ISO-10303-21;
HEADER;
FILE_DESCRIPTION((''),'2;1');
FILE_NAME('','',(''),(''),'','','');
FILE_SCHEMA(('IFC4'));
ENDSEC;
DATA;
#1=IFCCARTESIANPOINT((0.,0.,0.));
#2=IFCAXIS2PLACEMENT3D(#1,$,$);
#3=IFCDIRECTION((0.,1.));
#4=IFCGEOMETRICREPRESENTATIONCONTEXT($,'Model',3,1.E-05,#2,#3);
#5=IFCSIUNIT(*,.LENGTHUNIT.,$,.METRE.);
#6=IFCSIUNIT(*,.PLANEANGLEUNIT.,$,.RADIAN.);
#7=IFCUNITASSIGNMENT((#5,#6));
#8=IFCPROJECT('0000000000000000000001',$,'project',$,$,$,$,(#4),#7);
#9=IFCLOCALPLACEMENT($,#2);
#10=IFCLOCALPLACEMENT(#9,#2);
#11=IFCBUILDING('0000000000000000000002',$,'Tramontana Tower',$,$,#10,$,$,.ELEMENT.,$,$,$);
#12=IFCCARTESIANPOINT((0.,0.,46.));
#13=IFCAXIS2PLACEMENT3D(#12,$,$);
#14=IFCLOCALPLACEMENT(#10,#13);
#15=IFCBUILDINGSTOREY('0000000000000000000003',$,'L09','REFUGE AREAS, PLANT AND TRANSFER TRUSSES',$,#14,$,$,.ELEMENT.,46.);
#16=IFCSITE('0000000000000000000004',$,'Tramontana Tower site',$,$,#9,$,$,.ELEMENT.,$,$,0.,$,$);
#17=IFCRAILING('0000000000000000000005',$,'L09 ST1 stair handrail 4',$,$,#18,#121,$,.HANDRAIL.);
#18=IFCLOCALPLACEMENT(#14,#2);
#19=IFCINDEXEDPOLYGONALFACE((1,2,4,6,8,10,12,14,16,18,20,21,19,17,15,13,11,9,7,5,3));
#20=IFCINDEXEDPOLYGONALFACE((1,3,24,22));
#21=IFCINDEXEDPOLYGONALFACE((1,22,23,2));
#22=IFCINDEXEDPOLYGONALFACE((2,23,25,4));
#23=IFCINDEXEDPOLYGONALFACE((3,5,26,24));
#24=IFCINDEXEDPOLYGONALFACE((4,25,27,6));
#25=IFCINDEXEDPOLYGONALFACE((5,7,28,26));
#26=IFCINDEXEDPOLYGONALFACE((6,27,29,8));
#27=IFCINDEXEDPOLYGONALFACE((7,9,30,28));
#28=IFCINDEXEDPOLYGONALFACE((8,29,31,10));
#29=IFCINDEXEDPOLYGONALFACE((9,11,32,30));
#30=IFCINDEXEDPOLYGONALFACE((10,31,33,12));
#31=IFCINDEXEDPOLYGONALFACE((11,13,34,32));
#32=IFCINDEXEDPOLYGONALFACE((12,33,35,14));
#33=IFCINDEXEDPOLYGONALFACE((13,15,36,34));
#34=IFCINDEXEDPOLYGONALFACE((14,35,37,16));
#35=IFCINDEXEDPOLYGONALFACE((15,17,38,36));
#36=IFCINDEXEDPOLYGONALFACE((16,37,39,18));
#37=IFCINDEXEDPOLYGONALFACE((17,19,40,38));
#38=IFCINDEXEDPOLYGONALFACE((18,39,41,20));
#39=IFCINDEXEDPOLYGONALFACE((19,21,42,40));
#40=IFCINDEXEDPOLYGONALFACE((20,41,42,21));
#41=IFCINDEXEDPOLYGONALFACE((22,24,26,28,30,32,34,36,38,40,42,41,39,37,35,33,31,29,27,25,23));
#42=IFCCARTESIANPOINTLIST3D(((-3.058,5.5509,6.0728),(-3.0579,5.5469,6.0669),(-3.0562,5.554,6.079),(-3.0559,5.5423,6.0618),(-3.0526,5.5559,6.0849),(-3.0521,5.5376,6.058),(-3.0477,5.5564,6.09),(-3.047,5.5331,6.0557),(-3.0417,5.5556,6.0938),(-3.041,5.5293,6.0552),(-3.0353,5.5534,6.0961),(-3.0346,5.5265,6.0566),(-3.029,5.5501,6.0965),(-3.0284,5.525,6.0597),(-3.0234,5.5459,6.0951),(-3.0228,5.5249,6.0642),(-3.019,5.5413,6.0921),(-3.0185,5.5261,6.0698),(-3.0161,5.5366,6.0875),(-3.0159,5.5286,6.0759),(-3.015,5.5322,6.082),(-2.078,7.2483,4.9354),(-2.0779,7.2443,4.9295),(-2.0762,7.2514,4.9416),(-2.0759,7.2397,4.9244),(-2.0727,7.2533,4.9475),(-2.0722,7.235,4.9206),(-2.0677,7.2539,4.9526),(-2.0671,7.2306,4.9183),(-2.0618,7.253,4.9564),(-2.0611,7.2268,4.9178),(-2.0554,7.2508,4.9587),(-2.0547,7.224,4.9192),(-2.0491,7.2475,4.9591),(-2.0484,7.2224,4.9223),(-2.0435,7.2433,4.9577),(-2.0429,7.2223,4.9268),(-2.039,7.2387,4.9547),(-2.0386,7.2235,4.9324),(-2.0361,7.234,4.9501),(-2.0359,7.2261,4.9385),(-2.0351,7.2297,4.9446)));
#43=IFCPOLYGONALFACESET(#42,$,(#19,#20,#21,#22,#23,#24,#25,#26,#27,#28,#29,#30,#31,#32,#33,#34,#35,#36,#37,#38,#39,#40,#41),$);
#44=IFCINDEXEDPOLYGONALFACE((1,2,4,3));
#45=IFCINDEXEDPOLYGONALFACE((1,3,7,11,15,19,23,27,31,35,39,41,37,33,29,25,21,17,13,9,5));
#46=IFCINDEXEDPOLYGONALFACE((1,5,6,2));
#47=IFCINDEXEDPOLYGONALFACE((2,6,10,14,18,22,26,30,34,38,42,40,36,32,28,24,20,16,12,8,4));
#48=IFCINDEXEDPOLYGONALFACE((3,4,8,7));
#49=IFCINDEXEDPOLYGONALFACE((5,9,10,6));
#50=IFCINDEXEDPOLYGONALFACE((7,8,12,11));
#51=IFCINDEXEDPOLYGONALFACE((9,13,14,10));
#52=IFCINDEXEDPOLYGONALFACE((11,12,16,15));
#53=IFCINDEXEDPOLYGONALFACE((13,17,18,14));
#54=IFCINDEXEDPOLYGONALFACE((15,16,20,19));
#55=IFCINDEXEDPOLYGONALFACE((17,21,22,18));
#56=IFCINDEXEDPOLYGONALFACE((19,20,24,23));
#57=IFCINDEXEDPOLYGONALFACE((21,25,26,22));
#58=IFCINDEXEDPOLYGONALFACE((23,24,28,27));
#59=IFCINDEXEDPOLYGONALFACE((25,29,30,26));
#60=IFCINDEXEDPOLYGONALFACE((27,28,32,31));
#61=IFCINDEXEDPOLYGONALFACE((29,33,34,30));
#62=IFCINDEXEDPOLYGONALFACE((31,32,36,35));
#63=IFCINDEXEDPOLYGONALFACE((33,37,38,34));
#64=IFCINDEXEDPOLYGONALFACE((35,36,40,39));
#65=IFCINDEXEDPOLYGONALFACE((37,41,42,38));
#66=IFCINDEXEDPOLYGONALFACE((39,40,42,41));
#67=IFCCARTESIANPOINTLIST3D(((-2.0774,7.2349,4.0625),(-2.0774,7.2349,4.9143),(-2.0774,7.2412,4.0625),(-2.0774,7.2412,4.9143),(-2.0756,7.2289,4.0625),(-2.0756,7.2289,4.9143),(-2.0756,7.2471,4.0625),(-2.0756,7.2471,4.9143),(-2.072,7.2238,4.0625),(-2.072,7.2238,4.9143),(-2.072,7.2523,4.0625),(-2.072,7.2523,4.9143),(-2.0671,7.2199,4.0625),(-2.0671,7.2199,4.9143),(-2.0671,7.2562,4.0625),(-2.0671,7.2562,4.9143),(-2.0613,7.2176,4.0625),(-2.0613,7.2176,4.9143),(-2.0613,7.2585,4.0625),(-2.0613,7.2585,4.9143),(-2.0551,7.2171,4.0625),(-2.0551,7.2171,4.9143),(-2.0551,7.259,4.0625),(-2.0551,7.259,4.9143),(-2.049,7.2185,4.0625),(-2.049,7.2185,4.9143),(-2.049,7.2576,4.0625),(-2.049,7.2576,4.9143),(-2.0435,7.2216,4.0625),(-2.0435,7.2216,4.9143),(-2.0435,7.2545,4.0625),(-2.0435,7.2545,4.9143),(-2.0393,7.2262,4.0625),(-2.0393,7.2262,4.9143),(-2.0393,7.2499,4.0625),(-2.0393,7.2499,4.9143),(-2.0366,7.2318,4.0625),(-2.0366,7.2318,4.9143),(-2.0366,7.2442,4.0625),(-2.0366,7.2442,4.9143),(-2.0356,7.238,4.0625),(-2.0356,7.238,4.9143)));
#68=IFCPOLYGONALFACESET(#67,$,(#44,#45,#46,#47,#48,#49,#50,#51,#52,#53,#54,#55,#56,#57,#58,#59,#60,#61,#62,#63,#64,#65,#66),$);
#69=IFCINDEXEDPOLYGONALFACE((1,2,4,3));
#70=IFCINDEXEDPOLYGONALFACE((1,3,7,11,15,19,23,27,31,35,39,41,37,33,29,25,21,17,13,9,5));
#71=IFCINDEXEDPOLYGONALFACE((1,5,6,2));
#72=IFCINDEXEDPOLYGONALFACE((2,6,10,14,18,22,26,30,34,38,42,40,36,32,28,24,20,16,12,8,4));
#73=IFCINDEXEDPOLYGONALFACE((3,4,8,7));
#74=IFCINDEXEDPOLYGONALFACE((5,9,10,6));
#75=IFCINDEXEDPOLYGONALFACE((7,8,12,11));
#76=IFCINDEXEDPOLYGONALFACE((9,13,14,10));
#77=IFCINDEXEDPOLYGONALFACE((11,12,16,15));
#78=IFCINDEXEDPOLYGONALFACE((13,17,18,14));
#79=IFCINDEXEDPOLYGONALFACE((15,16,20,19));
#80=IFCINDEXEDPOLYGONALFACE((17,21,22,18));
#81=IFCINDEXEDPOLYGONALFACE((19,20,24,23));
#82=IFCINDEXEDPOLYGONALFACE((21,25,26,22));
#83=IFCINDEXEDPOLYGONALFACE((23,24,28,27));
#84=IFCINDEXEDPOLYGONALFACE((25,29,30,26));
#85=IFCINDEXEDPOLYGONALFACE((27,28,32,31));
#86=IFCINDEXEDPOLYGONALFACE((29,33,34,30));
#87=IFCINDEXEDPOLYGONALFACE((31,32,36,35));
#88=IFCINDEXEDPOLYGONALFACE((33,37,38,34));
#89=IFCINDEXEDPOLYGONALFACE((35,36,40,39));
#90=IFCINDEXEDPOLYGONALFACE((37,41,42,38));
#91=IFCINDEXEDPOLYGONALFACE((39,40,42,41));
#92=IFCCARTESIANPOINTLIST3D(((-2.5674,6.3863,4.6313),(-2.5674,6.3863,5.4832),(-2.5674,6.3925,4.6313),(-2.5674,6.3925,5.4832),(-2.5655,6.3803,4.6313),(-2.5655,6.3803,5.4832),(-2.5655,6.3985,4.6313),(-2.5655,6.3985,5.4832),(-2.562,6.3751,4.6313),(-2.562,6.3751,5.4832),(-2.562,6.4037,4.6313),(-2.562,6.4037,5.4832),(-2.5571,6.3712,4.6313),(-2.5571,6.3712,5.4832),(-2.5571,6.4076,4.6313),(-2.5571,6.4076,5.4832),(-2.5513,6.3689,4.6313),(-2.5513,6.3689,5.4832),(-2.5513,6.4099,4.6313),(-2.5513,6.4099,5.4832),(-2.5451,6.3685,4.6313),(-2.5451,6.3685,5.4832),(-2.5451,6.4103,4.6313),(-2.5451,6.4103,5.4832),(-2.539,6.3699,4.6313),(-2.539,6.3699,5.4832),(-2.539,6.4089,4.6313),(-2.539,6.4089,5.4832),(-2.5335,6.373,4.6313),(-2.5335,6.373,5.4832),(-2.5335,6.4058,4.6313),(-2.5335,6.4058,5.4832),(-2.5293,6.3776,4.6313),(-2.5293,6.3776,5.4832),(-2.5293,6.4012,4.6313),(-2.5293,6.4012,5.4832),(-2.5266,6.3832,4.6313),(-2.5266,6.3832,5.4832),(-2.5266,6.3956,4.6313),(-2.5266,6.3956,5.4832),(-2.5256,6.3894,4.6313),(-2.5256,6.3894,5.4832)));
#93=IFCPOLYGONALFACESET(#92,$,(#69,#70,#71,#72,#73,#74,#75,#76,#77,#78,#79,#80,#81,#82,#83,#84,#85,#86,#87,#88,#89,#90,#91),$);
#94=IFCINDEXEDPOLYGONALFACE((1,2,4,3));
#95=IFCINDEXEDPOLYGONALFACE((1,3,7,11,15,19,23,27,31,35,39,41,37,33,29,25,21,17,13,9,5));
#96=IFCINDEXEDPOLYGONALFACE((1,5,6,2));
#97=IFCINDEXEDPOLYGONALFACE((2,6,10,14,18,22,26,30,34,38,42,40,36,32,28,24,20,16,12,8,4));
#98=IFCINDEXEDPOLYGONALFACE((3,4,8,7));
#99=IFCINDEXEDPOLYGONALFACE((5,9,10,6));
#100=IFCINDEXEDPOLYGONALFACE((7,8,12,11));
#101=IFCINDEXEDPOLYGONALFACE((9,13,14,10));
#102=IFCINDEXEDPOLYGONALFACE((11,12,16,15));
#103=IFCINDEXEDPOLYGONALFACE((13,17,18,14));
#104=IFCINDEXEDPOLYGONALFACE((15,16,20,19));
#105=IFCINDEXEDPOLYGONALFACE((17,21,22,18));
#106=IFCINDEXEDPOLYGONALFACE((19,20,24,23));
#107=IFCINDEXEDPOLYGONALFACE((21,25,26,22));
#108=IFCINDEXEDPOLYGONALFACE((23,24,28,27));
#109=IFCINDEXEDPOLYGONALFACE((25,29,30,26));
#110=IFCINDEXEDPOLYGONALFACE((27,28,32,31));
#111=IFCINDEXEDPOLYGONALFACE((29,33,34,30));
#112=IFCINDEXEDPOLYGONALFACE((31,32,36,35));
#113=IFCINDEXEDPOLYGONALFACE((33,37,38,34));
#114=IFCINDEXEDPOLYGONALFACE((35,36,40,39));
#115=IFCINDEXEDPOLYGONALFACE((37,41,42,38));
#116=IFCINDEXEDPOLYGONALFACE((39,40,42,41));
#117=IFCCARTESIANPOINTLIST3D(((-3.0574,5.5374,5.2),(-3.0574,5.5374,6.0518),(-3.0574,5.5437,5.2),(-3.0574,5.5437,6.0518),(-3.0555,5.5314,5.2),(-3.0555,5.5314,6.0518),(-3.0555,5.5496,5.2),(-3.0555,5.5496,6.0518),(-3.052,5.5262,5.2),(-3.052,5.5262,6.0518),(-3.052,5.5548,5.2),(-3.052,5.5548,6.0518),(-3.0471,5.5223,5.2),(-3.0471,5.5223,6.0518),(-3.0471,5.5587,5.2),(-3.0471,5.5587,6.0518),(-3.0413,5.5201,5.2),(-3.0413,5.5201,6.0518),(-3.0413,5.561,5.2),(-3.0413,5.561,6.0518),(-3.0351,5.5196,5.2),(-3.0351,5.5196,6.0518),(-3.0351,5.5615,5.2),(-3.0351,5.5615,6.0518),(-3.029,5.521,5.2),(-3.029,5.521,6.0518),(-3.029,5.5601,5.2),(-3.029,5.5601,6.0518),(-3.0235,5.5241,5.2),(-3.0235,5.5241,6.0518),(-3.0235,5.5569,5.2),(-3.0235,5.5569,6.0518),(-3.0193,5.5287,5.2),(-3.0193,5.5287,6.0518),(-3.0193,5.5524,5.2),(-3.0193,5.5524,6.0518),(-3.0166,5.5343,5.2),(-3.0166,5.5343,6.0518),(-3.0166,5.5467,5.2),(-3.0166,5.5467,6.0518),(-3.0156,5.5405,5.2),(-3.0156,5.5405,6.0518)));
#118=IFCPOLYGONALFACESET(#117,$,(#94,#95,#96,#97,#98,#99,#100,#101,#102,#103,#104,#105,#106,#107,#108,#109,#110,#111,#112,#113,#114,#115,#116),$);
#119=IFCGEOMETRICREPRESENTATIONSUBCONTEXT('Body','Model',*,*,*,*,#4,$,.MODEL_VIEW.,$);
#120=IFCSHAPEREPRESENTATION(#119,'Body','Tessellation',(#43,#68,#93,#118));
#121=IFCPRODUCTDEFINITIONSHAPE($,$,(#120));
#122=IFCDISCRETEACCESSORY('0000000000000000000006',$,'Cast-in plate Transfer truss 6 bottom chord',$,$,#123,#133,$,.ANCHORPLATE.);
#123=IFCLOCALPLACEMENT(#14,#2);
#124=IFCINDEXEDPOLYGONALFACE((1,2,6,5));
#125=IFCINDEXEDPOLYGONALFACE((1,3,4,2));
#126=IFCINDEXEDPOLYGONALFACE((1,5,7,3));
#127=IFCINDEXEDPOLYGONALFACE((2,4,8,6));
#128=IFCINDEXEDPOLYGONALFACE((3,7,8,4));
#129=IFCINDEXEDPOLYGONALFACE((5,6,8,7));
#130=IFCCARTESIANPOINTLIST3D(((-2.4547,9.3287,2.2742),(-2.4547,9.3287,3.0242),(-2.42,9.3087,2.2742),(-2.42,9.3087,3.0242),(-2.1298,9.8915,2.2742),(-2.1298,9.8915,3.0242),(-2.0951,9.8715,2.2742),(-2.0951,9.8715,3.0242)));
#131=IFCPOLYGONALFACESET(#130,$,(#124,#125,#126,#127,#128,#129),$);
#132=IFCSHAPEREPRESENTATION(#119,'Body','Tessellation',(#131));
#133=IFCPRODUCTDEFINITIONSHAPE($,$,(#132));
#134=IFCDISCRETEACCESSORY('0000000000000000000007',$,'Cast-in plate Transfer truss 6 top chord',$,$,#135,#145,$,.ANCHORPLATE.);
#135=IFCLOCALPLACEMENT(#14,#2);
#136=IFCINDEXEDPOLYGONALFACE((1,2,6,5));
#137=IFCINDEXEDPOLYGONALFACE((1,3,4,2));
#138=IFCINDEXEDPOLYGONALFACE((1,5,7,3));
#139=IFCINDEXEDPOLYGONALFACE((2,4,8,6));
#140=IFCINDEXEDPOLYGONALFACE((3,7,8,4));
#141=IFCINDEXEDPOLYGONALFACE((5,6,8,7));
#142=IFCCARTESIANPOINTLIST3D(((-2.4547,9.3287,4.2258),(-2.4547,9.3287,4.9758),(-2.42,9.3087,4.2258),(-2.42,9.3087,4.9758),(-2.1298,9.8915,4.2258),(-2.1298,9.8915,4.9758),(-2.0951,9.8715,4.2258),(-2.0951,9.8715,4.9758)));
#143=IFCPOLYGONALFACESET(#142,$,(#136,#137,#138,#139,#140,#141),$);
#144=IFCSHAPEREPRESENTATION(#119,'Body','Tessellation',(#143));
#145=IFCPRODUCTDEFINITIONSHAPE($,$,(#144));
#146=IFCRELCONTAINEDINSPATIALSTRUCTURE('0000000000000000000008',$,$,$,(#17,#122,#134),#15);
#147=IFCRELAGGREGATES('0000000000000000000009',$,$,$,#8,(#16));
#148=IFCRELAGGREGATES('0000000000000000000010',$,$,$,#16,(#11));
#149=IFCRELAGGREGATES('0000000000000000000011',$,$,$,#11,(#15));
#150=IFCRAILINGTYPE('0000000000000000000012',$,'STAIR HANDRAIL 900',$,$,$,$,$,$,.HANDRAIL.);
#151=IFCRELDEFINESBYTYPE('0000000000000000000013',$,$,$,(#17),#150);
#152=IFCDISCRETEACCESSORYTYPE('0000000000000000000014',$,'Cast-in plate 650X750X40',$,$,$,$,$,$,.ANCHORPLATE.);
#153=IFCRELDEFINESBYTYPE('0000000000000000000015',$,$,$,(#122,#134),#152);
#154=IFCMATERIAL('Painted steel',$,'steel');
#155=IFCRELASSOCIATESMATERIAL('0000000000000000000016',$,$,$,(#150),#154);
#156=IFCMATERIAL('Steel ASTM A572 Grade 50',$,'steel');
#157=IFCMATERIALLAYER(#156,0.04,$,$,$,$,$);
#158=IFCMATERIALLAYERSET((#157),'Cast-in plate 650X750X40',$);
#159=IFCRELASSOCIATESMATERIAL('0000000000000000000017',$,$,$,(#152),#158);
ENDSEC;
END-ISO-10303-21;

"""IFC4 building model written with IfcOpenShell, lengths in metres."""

from ifc_helpers import new_model, si_unit, direction, frame, origin, origin_2d, place, context, subcontext, project, spatial, rectangle, circle, extrude, material, layer, layer_set, type_object, element, save


model = new_model("IFC4")

# Units and contexts
model_context = context("Model", 3, precision=1e-05, world=origin(), true_north=direction((0.0, 1.0)))
body_context = subcontext(model_context, "Body", "Model", "MODEL_VIEW")
ifc_project = project(units=[si_unit("LENGTHUNIT", "METRE"), si_unit("PLANEANGLEUNIT", "RADIAN")], contexts=[model_context])

# Site, building, storey
site_placement = place(None, origin())
site = spatial("IfcSite", under=ifc_project, at=site_placement, Name="Tramontana Tower site", CompositionType="ELEMENT", RefElevation=0.0)
building_placement = place(site_placement, origin())
building = spatial("IfcBuilding", under=site, at=building_placement, Name="Tramontana Tower", CompositionType="ELEMENT")
storey_placement = place(building_placement, frame((0.0, 0.0, 46.0)))
storey = spatial("IfcBuildingStorey", under=building, at=storey_placement, Name="L09", Description="REFUGE AREAS, PLANT AND TRANSFER TRUSSES", CompositionType="ELEMENT", Elevation=46.0)

# Railing
ifc_material_1 = material(Name="Painted steel", Category="steel")
railing_type_1 = type_object("IfcRailingType", Name="STAIR HANDRAIL 900", PredefinedType="HANDRAIL", material=ifc_material_1)
railing_1_placement = place(storey_placement, frame((-2.0566, 7.238, 4.0625)))
element("IfcRailing", 1, at=railing_1_placement, inside=storey, type_object=railing_type_1, Name="L09 ST1 stair handrail 4", PredefinedType="HANDRAIL", context=body_context, shape_type="SweptSolid", body=[
    extrude(circle(Radius=0.0239, at=origin_2d()), frame((0.0, 0.0, 0.876), z_axis=(-0.432432, -0.749053, 0.501918), x_axis=(0.866042, -0.49997, 0.0)), (0.0, 0.0, 1.0), 2.2661),
    extrude(circle(Radius=0.021, at=origin_2d()), origin(), (0.0, 0.0, 1.0), 0.8518),
    extrude(circle(Radius=0.021, at=origin_2d()), frame((-0.49, -0.8486, 0.5688)), (0.0, 0.0, 1.0), 0.8518),
    extrude(circle(Radius=0.021, at=origin_2d()), frame((-0.98, -1.6975, 1.1375)), (0.0, 0.0, 1.0), 0.8518),
])

# Discrete accessories
ifc_material_2 = material(Name="Steel ASTM A572 Grade 50", Category="steel")
ifc_layer_1 = layer(ifc_material_2, 0.04)
ifc_layer_set_1 = layer_set([ifc_layer_1], Name="Cast-in plate 650X750X40")
discrete_accessory_type = type_object("IfcDiscreteAccessoryType", Name="Cast-in plate 650X750X40", PredefinedType="ANCHORPLATE", material=ifc_layer_set_1)
for number, where, z_axis, x_axis, name in (
    (2, (-2.2749, 9.6001, 2.2742), (0.0, 0.0, 1.0), (-0.5, -0.866025, 0.0), "Cast-in plate Transfer truss 6 bottom chord"),
    (3, (-2.2749, 9.6001, 4.2258), (0.0, 0.0, 1.0), (-0.5, -0.866025, 0.0), "Cast-in plate Transfer truss 6 top chord"),
):
    element("IfcDiscreteAccessory", number, at=place(storey_placement, frame(where, z_axis=z_axis, x_axis=x_axis)), inside=storey, type_object=discrete_accessory_type, Name=name, PredefinedType="ANCHORPLATE", context=body_context, shape_type="SweptSolid", body=[
        extrude(rectangle(XDim=0.6499, YDim=0.04, at=origin_2d()), origin(), (0.0, 0.0, 1.0), 0.75),
    ])

save(model, "model.ifc")
